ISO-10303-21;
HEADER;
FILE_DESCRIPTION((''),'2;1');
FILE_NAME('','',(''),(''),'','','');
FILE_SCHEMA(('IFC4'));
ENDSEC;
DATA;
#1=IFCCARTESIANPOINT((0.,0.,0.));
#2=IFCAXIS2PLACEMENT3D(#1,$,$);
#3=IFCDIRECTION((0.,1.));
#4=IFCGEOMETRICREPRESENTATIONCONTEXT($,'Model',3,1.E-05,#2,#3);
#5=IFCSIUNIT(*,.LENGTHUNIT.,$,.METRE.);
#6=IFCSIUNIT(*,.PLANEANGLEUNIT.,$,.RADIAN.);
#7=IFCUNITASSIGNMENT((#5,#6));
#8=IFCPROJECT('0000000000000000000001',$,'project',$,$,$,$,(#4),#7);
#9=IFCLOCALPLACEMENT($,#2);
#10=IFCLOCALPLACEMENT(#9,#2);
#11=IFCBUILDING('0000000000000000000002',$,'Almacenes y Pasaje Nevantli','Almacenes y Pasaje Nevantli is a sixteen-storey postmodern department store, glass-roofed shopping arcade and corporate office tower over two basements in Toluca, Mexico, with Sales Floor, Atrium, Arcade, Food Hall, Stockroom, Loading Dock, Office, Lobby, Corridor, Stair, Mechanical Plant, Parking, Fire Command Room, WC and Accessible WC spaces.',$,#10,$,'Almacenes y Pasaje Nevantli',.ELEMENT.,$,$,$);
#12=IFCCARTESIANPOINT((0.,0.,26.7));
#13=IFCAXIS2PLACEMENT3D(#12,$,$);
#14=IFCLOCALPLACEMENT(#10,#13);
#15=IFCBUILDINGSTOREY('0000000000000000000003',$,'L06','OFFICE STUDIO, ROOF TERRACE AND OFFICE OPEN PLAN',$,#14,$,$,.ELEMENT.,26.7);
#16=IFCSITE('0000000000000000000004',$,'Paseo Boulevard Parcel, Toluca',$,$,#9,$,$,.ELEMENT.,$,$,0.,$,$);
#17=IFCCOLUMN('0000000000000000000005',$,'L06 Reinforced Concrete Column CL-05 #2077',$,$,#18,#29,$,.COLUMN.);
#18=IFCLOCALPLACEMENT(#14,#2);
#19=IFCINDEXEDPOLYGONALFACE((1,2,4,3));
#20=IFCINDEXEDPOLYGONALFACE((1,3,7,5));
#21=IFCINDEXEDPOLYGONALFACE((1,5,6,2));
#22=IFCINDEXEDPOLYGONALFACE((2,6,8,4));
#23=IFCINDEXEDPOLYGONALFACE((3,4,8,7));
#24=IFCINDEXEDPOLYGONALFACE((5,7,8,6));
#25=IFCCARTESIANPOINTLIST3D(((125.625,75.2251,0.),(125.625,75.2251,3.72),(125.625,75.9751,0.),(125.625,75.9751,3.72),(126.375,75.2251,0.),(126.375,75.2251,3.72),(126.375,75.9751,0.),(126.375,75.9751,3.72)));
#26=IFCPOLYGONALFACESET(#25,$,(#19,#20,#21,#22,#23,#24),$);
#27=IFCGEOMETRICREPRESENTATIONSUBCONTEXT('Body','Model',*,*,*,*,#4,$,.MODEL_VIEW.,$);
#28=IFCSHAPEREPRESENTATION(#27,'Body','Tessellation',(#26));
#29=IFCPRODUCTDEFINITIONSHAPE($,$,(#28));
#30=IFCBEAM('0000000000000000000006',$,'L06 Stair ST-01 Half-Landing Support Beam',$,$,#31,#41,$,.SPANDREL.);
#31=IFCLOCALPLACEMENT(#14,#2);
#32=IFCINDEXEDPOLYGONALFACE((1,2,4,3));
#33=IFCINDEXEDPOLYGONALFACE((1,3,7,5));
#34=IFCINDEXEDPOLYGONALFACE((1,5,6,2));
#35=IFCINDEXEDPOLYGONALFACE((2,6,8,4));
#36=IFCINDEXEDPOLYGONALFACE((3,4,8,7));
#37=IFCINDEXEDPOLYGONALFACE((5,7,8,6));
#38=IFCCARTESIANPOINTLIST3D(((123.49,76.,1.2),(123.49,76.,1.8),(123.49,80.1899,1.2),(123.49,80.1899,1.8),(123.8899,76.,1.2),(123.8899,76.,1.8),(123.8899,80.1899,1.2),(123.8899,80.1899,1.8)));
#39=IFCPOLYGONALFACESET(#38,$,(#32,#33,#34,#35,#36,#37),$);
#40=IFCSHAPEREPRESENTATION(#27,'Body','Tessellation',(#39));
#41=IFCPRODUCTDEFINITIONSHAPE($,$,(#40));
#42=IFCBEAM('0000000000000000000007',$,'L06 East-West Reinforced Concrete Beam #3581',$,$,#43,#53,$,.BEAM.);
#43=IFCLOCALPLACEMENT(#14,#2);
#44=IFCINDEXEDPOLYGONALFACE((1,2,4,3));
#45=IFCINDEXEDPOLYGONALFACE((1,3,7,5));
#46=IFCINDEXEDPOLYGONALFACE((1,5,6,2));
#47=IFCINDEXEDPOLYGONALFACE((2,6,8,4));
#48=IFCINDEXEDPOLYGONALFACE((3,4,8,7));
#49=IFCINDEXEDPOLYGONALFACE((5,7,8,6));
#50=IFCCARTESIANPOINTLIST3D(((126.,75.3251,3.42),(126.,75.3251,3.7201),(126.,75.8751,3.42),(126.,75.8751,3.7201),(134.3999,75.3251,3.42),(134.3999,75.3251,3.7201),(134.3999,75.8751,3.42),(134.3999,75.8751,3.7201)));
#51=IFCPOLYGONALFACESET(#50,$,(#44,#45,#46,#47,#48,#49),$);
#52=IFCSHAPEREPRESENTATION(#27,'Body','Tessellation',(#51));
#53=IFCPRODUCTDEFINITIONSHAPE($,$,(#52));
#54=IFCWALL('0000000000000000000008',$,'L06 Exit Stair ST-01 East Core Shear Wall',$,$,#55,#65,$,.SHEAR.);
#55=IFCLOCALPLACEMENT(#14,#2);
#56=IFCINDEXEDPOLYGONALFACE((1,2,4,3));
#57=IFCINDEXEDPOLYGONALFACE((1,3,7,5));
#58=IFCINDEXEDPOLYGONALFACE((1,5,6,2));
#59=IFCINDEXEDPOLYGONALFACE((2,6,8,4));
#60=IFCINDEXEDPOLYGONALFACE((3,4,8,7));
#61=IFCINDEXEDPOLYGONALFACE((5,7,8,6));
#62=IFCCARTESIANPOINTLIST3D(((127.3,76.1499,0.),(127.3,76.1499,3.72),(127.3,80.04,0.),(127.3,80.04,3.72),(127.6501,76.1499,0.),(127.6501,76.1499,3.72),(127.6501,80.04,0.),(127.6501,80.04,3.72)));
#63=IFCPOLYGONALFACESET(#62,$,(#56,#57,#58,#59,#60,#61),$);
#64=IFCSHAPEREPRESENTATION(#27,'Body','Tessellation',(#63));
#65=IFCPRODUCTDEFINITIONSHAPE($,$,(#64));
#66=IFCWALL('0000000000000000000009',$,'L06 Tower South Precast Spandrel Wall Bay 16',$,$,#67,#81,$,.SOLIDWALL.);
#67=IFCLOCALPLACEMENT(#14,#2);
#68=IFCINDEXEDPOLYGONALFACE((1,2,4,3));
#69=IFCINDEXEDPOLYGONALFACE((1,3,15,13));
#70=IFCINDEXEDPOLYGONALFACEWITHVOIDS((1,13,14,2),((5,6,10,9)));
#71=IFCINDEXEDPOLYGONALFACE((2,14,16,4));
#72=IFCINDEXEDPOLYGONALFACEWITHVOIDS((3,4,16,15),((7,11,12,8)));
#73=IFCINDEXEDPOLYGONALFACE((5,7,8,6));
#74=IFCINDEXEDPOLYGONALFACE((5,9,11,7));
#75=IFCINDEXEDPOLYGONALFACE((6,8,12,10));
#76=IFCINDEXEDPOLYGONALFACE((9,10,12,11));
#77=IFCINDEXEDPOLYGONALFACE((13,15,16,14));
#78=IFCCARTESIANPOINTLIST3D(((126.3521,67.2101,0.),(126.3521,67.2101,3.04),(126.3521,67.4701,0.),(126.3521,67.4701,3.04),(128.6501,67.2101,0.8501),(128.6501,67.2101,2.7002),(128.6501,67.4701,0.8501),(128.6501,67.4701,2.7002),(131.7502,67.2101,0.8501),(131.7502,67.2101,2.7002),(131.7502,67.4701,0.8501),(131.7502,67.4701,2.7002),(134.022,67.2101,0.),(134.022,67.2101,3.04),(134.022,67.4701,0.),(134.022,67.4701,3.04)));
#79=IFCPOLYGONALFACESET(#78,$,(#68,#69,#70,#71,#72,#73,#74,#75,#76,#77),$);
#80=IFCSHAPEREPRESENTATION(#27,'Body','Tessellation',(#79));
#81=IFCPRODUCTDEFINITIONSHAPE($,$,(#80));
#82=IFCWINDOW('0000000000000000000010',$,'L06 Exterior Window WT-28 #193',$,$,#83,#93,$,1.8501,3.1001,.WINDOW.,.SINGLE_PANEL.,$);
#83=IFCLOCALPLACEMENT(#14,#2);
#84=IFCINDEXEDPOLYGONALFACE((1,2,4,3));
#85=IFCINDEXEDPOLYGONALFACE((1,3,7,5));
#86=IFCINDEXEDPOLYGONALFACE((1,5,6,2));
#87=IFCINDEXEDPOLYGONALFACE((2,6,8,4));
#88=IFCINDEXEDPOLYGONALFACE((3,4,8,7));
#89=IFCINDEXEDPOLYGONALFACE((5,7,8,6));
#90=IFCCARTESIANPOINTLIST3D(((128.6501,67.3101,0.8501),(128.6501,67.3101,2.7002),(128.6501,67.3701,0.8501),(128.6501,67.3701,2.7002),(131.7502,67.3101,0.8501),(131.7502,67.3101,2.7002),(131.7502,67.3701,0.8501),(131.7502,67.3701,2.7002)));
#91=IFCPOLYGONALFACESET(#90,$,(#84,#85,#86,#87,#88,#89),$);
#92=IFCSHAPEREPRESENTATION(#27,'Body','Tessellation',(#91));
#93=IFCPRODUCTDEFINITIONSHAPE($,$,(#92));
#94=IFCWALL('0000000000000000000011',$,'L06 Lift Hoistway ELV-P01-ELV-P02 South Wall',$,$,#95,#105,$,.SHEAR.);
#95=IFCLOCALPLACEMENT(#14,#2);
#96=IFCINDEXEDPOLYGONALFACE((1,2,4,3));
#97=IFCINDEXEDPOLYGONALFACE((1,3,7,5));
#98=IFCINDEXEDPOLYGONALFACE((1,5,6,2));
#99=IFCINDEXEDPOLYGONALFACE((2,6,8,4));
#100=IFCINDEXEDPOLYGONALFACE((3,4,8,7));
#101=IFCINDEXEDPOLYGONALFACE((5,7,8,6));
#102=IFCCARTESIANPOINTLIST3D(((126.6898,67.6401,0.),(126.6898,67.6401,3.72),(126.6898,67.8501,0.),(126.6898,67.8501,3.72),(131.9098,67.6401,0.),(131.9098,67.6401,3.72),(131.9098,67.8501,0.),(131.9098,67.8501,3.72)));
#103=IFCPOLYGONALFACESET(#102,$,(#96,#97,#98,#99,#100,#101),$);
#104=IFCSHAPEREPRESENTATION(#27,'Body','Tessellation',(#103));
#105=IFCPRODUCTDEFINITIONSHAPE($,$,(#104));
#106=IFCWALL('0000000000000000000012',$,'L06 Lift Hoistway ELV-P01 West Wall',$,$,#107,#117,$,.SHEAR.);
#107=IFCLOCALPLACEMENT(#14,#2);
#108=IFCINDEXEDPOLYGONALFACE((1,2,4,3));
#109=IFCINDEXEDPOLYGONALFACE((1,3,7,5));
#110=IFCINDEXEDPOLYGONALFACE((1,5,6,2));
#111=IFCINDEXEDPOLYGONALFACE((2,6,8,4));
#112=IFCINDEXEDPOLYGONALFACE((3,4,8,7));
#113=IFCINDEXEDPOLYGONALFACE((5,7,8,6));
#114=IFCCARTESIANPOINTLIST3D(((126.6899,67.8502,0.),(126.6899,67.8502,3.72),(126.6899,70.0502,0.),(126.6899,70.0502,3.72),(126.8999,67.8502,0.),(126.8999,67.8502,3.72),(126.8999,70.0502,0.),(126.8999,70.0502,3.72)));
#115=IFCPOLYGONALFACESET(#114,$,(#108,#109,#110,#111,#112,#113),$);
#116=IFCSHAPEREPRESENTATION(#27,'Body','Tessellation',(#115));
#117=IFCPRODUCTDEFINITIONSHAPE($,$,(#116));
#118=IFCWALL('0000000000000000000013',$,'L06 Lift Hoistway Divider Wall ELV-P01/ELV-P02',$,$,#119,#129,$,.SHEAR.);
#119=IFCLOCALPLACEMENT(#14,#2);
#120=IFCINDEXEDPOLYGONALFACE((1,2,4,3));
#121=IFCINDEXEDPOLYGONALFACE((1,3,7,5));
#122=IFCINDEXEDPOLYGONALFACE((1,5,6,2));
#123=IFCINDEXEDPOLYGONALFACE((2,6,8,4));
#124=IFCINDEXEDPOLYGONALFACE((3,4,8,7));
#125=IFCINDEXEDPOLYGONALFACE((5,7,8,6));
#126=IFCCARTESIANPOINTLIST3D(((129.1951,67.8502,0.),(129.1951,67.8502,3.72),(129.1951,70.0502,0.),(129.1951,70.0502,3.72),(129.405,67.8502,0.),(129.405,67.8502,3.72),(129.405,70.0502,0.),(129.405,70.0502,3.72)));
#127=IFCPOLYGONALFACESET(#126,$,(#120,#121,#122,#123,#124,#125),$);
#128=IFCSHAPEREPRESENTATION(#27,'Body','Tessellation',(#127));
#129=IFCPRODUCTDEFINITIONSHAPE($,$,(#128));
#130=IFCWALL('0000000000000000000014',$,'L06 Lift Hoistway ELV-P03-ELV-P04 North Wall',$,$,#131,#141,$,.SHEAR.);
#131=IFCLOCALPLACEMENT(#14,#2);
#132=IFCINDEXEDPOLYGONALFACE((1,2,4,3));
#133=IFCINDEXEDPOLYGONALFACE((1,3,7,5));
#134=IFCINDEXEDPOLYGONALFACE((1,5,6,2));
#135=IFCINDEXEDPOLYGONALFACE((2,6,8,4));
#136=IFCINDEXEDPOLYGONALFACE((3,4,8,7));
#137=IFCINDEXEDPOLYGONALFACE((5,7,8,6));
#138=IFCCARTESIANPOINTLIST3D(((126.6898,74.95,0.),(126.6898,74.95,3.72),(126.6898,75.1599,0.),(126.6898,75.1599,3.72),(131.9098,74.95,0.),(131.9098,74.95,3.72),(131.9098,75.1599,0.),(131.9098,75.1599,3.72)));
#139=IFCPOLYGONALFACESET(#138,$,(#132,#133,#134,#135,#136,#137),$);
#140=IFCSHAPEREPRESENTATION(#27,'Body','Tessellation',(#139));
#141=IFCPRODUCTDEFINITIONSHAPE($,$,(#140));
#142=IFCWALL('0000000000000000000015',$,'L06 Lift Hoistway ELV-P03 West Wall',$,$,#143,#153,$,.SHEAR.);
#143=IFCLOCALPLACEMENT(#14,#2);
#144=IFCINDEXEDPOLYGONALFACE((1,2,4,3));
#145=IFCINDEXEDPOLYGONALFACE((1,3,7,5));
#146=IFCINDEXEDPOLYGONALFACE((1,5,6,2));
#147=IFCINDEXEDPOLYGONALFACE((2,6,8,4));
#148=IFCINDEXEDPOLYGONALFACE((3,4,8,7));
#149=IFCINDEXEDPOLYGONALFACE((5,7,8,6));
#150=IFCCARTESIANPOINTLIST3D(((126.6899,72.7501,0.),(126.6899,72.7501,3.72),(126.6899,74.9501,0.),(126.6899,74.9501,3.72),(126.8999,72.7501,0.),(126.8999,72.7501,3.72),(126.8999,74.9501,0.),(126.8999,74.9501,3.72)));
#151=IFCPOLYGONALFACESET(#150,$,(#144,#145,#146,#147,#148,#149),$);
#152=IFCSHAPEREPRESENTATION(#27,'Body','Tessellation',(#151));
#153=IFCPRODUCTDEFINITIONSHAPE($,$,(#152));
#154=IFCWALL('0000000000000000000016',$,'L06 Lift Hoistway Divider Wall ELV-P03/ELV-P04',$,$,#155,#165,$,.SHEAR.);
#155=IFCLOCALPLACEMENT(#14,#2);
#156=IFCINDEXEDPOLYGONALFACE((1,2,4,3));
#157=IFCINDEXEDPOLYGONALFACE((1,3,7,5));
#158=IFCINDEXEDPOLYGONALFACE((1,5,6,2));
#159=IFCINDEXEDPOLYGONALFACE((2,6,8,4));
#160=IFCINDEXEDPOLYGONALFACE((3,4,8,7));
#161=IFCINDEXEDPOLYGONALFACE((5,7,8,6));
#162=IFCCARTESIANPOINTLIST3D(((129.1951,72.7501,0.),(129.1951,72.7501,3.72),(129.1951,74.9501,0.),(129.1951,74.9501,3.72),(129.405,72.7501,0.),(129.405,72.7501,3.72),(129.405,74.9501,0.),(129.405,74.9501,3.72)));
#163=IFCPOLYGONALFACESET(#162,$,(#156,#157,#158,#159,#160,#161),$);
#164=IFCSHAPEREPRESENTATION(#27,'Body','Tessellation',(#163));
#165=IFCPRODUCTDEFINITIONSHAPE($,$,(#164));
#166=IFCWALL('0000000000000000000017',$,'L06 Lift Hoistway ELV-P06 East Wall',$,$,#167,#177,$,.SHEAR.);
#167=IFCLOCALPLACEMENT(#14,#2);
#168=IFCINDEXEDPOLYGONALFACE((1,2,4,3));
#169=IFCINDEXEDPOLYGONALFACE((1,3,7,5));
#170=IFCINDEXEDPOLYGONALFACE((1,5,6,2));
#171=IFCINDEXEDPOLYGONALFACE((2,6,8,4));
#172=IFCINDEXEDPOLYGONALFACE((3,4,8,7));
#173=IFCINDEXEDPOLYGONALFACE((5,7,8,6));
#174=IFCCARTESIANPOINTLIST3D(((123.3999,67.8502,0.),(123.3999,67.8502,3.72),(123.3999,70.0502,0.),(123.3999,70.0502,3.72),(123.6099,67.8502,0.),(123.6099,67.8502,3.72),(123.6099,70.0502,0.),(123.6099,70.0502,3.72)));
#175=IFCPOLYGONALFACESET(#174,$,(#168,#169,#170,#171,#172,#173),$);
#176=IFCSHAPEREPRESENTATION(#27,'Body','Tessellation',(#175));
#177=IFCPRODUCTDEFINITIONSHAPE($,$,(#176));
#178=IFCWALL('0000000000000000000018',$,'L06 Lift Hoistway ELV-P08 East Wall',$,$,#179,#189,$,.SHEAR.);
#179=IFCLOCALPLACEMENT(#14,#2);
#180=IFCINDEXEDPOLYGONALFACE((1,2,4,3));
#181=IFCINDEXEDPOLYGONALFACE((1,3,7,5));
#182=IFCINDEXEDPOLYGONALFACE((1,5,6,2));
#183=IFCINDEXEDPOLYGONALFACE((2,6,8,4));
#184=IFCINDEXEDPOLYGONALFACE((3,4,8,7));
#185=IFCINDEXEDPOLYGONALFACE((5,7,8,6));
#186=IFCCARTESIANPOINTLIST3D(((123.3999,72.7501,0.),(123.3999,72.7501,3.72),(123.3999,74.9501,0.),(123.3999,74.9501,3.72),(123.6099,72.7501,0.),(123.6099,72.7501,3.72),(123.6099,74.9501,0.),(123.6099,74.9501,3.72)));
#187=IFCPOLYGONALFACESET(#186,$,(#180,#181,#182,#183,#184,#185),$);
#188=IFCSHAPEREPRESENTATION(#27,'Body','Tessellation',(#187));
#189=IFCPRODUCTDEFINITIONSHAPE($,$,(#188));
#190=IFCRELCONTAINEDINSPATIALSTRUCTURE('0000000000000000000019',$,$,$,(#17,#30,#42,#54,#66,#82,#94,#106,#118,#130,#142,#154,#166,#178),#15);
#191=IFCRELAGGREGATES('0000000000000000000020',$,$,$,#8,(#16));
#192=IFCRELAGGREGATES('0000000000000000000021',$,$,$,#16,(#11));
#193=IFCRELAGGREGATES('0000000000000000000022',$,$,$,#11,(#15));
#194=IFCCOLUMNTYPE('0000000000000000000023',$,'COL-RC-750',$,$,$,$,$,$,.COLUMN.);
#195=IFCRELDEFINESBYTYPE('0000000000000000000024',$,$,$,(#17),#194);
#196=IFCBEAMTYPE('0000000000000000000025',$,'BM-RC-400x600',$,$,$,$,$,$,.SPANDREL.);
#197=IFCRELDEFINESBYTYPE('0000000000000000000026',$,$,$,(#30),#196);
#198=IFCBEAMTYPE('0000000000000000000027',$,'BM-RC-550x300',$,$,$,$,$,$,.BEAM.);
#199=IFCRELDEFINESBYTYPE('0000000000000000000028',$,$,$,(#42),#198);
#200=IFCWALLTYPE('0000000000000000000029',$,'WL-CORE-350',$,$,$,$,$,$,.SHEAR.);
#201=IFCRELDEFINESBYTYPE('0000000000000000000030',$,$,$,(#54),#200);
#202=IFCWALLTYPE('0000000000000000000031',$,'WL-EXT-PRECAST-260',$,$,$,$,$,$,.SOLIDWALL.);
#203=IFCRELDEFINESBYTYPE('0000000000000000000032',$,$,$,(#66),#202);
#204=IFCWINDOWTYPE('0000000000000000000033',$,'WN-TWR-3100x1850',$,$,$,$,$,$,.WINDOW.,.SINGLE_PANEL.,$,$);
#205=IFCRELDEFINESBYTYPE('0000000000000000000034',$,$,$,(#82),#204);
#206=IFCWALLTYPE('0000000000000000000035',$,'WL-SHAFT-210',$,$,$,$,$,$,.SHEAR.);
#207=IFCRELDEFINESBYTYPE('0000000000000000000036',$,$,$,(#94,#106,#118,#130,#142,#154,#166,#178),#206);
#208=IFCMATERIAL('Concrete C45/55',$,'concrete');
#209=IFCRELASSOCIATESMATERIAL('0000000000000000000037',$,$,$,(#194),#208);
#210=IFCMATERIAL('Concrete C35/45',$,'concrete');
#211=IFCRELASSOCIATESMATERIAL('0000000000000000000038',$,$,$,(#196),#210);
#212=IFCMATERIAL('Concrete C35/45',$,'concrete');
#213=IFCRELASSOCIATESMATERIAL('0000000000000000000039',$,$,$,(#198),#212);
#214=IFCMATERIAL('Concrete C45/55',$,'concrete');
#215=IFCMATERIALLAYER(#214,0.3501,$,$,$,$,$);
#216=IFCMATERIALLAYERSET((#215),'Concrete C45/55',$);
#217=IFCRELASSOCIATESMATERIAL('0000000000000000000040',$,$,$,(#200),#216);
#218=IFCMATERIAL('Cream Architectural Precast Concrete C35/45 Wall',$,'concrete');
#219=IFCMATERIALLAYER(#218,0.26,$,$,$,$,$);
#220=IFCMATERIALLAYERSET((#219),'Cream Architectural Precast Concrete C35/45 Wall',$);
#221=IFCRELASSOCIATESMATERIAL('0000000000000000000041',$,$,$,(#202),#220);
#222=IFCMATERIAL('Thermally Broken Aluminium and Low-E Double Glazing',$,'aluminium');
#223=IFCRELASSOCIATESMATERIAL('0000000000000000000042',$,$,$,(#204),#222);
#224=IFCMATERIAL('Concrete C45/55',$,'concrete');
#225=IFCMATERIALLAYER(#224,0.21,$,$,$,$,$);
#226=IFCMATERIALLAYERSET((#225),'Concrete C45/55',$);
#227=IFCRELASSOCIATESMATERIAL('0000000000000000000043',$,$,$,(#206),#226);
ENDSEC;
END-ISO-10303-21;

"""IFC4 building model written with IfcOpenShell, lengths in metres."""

from ifc_helpers import new_model, si_unit, direction, frame, frame_2d, origin, origin_2d, place, context, subcontext, project, spatial, rectangle, extrude, material, layer, layer_set, material_profile, profile_set, type_object, element, fill, save


model = new_model("IFC4")

# Units and contexts
model_context = context("Model", 3, precision=1e-05, world=origin(), true_north=direction((0.0, 1.0)))
body_context = subcontext(model_context, "Body", "Model", "MODEL_VIEW")
ifc_project = project(units=[si_unit("LENGTHUNIT", "METRE"), si_unit("PLANEANGLEUNIT", "RADIAN")], contexts=[model_context])

# Site, building, storey
site_placement = place(None, origin())
site = spatial("IfcSite", under=ifc_project, at=site_placement, Name="Paseo Boulevard Parcel, Toluca", CompositionType="ELEMENT", RefElevation=0.0)
building_placement = place(site_placement, origin())
building = spatial("IfcBuilding", under=site, at=building_placement, Name="Almacenes y Pasaje Nevantli", Description="Almacenes y Pasaje Nevantli is a sixteen-storey postmodern department store, glass-roofed shopping arcade and corporate office tower over two basements in Toluca, Mexico, with Sales Floor, Atrium, Arcade, Food Hall, Stockroom, Loading Dock, Office, Lobby, Corridor, Stair, Mechanical Plant, Parking, Fire Command Room, WC and Accessible WC spaces.", LongName="Almacenes y Pasaje Nevantli", CompositionType="ELEMENT")
storey_placement = place(building_placement, frame((0.0, 0.0, 26.7)))
storey = spatial("IfcBuildingStorey", under=building, at=storey_placement, Name="L06", Description="OFFICE STUDIO, ROOF TERRACE AND OFFICE OPEN PLAN", CompositionType="ELEMENT", Elevation=26.7)

# Column
ifc_material_1 = material(Name="Concrete C45/55", Category="concrete")
ifc_material_profile_1 = material_profile(ifc_material_1, rectangle(XDim=0.75, YDim=0.75, at=origin_2d()), Name="RC-COL-750x750")
ifc_profile_set_1 = profile_set([ifc_material_profile_1], Name="Concrete C45/55")
column_type = type_object("IfcColumnType", Name="COL-RC-750", PredefinedType="COLUMN", material=ifc_profile_set_1)
column_placement = place(storey_placement, frame((126.0, 75.6001, 0.0), z_axis=(0.0, 0.0, 1.0), x_axis=(1.0, 0.0, 0.0)))
element("IfcColumn", 1, at=column_placement, inside=storey, type_object=column_type, Name="L06 Reinforced Concrete Column CL-05 #2077", PredefinedType="COLUMN", context=body_context, shape_type="SweptSolid", body=[
    extrude(rectangle(XDim=0.75, YDim=0.75, at=origin_2d()), origin(), (0.0, 0.0, 1.0), 3.72),
])

# Beams
ifc_material_2 = material(Name="Concrete C35/45", Category="concrete")
ifc_material_profile_2 = material_profile(ifc_material_2, rectangle(XDim=0.3999, YDim=0.6001, at=origin_2d()), Name="RC-BM-400x600")
ifc_profile_set_2 = profile_set([ifc_material_profile_2], Name="Concrete C35/45")
beam_type_1 = type_object("IfcBeamType", Name="BM-RC-400x600", PredefinedType="SPANDREL", material=ifc_profile_set_2)
beam_1_placement = place(storey_placement, frame((123.6899, 76.0, 1.5), z_axis=(0.0, 1.0, 0.0), x_axis=(-1.0, 0.0, 0.0)))
element("IfcBeam", 2, at=beam_1_placement, inside=storey, type_object=beam_type_1, Name="L06 Stair ST-01 Half-Landing Support Beam", PredefinedType="SPANDREL", context=body_context, shape_type="SweptSolid", body=[
    extrude(rectangle(XDim=0.3999, YDim=0.6001, at=origin_2d()), origin(), (0.0, 0.0, 1.0), 4.1899),
])
ifc_material_3 = material(Name="Concrete C35/45", Category="concrete")
ifc_material_profile_3 = material_profile(ifc_material_3, rectangle(XDim=0.55, YDim=0.3, at=origin_2d()), Name="RC-BM-550x300")
ifc_profile_set_3 = profile_set([ifc_material_profile_3], Name="Concrete C35/45")
beam_type_2 = type_object("IfcBeamType", Name="BM-RC-550x300", PredefinedType="BEAM", material=ifc_profile_set_3)
beam_2_placement = place(storey_placement, frame((126.0, 75.6001, 3.5701), z_axis=(1.0, 0.0, 0.0), x_axis=(0.0, 1.0, 0.0)))
element("IfcBeam", 3, at=beam_2_placement, inside=storey, type_object=beam_type_2, Name="L06 East-West Reinforced Concrete Beam #3581", PredefinedType="BEAM", context=body_context, shape_type="SweptSolid", body=[
    extrude(rectangle(XDim=0.55, YDim=0.3, at=origin_2d()), origin(), (0.0, 0.0, 1.0), 8.3999),
])

# Wall
ifc_material_4 = material(Name="Concrete C45/55", Category="concrete")
ifc_layer_1 = layer(ifc_material_4, 0.3501)
ifc_layer_set_1 = layer_set([ifc_layer_1], Name="Concrete C45/55")
wall_type_1 = type_object("IfcWallType", Name="WL-CORE-350", PredefinedType="SHEAR", material=ifc_layer_set_1)
wall_1_placement = place(storey_placement, frame((127.4751, 76.1499, 0.0), z_axis=(0.0, 0.0, 1.0), x_axis=(0.0, 1.0, 0.0)))
element("IfcWall", 4, at=wall_1_placement, inside=storey, type_object=wall_type_1, Name="L06 Exit Stair ST-01 East Core Shear Wall", PredefinedType="SHEAR", context=body_context, shape_type="SweptSolid", body=[
    extrude(rectangle(XDim=3.8901, YDim=0.3501, at=frame_2d((1.9451, 0.0))), origin(), (0.0, 0.0, 1.0), 3.72),
])

# Wall, opening, window
ifc_material_5 = material(Name="Cream Architectural Precast Concrete C35/45 Wall", Category="concrete")
ifc_layer_2 = layer(ifc_material_5, 0.26)
ifc_layer_set_2 = layer_set([ifc_layer_2], Name="Cream Architectural Precast Concrete C35/45 Wall")
wall_type_2 = type_object("IfcWallType", Name="WL-EXT-PRECAST-260", PredefinedType="SOLIDWALL", material=ifc_layer_set_2)
wall_2_placement = place(storey_placement, frame((126.3521, 67.3401, 0.0), z_axis=(0.0, 0.0, 1.0), x_axis=(1.0, 0.0, 0.0)))
wall_2 = element("IfcWall", 5, at=wall_2_placement, inside=storey, type_object=wall_type_2, Name="L06 Tower South Precast Spandrel Wall Bay 16", PredefinedType="SOLIDWALL", context=body_context, shape_type="SweptSolid", body=[
    extrude(rectangle(XDim=7.6699, YDim=0.26, at=frame_2d((3.835, 0.0))), origin(), (0.0, 0.0, 1.0), 3.04),
])
opening_1_placement = place(wall_2_placement, frame((2.2981, 0.0, 0.8501)))
opening_1 = element("IfcOpeningElement", 6, at=opening_1_placement, cuts=wall_2, PredefinedType="OPENING", context=body_context, shape_type="SweptSolid", body=[
    extrude(rectangle(XDim=3.1001, YDim=1.8501, at=frame_2d((1.55, 0.925))), frame((0.0, 0.1399, 0.0), z_axis=(0.0, -1.0, 0.0), x_axis=(1.0, 0.0, 0.0)), (0.0, 0.0, 1.0), 0.28),
])
ifc_material_6 = material(Name="Thermally Broken Aluminium and Low-E Double Glazing", Category="aluminium")
window_type = type_object("IfcWindowType", Name="WN-TWR-3100x1850", PartitioningType="SINGLE_PANEL", PredefinedType="WINDOW", material=ifc_material_6)
window_placement = place(opening_1_placement, origin())
window = element("IfcWindow", 7, at=window_placement, inside=storey, type_object=window_type, Name="L06 Exterior Window WT-28 #193", OverallHeight=1.8501, OverallWidth=3.1001, PartitioningType="SINGLE_PANEL", PredefinedType="WINDOW", context=body_context, shape_type="SweptSolid", body=[
    extrude(rectangle(XDim=3.1001, YDim=1.8501, at=frame_2d((1.55, 0.925))), frame((0.0, 0.03, 0.0), z_axis=(0.0, -1.0, 0.0), x_axis=(1.0, 0.0, 0.0)), (0.0, 0.0, 1.0), 0.0601),
])
fill(opening_1, window)

# Wall
ifc_material_7 = material(Name="Concrete C45/55", Category="concrete")
ifc_layer_3 = layer(ifc_material_7, 0.21)
ifc_layer_set_3 = layer_set([ifc_layer_3], Name="Concrete C45/55")
wall_type_3 = type_object("IfcWallType", Name="WL-SHAFT-210", PredefinedType="SHEAR", material=ifc_layer_set_3)
wall_3_placement = place(storey_placement, frame((126.6899, 67.7451, 0.0), z_axis=(0.0, 0.0, 1.0), x_axis=(1.0, 0.0, 0.0)))
element("IfcWall", 8, at=wall_3_placement, inside=storey, type_object=wall_type_3, Name="L06 Lift Hoistway ELV-P01-ELV-P02 South Wall", PredefinedType="SHEAR", context=body_context, shape_type="SweptSolid", body=[
    extrude(rectangle(XDim=5.22, YDim=0.21, at=frame_2d((2.6099, 0.0))), origin(), (0.0, 0.0, 1.0), 3.72),
])

# Walls
for number, where, z_axis, x_axis, name in (
    (9, (126.7949, 67.8501, 0.0), (0.0, 0.0, 1.0), (0.0, 1.0, 0.0), "L06 Lift Hoistway ELV-P01 West Wall"),
    (10, (129.3, 67.8501, 0.0), (0.0, 0.0, 1.0), (0.0, 1.0, 0.0), "L06 Lift Hoistway Divider Wall ELV-P01/ELV-P02"),
):
    element("IfcWall", number, at=place(storey_placement, frame(where, z_axis=z_axis, x_axis=x_axis)), inside=storey, type_object=wall_type_3, Name=name, PredefinedType="SHEAR", context=body_context, shape_type="SweptSolid", body=[
        extrude(rectangle(XDim=2.2, YDim=0.21, at=frame_2d((1.1001, 0.0))), origin(), (0.0, 0.0, 1.0), 3.72),
    ])

# Walls
wall_4_placement = place(storey_placement, frame((126.6899, 75.0549, 0.0), z_axis=(0.0, 0.0, 1.0), x_axis=(1.0, 0.0, 0.0)))
element("IfcWall", 11, at=wall_4_placement, inside=storey, type_object=wall_type_3, Name="L06 Lift Hoistway ELV-P03-ELV-P04 North Wall", PredefinedType="SHEAR", context=body_context, shape_type="SweptSolid", body=[
    extrude(rectangle(XDim=5.22, YDim=0.21, at=frame_2d((2.6099, 0.0))), origin(), (0.0, 0.0, 1.0), 3.72),
])
for number, where, z_axis, x_axis, name in (
    (12, (126.7949, 72.75, 0.0), (0.0, 0.0, 1.0), (0.0, 1.0, 0.0), "L06 Lift Hoistway ELV-P03 West Wall"),
    (13, (129.3, 72.75, 0.0), (0.0, 0.0, 1.0), (0.0, 1.0, 0.0), "L06 Lift Hoistway Divider Wall ELV-P03/ELV-P04"),
    (14, (123.5049, 67.8501, 0.0), (0.0, 0.0, 1.0), (0.0, 1.0, 0.0), "L06 Lift Hoistway ELV-P06 East Wall"),
    (15, (123.5049, 72.75, 0.0), (0.0, 0.0, 1.0), (0.0, 1.0, 0.0), "L06 Lift Hoistway ELV-P08 East Wall"),
):
    element("IfcWall", number, at=place(storey_placement, frame(where, z_axis=z_axis, x_axis=x_axis)), inside=storey, type_object=wall_type_3, Name=name, PredefinedType="SHEAR", context=body_context, shape_type="SweptSolid", body=[
        extrude(rectangle(XDim=2.2, YDim=0.21, at=frame_2d((1.1001, 0.0))), origin(), (0.0, 0.0, 1.0), 3.72),
    ])

save(model, "model.ifc")
